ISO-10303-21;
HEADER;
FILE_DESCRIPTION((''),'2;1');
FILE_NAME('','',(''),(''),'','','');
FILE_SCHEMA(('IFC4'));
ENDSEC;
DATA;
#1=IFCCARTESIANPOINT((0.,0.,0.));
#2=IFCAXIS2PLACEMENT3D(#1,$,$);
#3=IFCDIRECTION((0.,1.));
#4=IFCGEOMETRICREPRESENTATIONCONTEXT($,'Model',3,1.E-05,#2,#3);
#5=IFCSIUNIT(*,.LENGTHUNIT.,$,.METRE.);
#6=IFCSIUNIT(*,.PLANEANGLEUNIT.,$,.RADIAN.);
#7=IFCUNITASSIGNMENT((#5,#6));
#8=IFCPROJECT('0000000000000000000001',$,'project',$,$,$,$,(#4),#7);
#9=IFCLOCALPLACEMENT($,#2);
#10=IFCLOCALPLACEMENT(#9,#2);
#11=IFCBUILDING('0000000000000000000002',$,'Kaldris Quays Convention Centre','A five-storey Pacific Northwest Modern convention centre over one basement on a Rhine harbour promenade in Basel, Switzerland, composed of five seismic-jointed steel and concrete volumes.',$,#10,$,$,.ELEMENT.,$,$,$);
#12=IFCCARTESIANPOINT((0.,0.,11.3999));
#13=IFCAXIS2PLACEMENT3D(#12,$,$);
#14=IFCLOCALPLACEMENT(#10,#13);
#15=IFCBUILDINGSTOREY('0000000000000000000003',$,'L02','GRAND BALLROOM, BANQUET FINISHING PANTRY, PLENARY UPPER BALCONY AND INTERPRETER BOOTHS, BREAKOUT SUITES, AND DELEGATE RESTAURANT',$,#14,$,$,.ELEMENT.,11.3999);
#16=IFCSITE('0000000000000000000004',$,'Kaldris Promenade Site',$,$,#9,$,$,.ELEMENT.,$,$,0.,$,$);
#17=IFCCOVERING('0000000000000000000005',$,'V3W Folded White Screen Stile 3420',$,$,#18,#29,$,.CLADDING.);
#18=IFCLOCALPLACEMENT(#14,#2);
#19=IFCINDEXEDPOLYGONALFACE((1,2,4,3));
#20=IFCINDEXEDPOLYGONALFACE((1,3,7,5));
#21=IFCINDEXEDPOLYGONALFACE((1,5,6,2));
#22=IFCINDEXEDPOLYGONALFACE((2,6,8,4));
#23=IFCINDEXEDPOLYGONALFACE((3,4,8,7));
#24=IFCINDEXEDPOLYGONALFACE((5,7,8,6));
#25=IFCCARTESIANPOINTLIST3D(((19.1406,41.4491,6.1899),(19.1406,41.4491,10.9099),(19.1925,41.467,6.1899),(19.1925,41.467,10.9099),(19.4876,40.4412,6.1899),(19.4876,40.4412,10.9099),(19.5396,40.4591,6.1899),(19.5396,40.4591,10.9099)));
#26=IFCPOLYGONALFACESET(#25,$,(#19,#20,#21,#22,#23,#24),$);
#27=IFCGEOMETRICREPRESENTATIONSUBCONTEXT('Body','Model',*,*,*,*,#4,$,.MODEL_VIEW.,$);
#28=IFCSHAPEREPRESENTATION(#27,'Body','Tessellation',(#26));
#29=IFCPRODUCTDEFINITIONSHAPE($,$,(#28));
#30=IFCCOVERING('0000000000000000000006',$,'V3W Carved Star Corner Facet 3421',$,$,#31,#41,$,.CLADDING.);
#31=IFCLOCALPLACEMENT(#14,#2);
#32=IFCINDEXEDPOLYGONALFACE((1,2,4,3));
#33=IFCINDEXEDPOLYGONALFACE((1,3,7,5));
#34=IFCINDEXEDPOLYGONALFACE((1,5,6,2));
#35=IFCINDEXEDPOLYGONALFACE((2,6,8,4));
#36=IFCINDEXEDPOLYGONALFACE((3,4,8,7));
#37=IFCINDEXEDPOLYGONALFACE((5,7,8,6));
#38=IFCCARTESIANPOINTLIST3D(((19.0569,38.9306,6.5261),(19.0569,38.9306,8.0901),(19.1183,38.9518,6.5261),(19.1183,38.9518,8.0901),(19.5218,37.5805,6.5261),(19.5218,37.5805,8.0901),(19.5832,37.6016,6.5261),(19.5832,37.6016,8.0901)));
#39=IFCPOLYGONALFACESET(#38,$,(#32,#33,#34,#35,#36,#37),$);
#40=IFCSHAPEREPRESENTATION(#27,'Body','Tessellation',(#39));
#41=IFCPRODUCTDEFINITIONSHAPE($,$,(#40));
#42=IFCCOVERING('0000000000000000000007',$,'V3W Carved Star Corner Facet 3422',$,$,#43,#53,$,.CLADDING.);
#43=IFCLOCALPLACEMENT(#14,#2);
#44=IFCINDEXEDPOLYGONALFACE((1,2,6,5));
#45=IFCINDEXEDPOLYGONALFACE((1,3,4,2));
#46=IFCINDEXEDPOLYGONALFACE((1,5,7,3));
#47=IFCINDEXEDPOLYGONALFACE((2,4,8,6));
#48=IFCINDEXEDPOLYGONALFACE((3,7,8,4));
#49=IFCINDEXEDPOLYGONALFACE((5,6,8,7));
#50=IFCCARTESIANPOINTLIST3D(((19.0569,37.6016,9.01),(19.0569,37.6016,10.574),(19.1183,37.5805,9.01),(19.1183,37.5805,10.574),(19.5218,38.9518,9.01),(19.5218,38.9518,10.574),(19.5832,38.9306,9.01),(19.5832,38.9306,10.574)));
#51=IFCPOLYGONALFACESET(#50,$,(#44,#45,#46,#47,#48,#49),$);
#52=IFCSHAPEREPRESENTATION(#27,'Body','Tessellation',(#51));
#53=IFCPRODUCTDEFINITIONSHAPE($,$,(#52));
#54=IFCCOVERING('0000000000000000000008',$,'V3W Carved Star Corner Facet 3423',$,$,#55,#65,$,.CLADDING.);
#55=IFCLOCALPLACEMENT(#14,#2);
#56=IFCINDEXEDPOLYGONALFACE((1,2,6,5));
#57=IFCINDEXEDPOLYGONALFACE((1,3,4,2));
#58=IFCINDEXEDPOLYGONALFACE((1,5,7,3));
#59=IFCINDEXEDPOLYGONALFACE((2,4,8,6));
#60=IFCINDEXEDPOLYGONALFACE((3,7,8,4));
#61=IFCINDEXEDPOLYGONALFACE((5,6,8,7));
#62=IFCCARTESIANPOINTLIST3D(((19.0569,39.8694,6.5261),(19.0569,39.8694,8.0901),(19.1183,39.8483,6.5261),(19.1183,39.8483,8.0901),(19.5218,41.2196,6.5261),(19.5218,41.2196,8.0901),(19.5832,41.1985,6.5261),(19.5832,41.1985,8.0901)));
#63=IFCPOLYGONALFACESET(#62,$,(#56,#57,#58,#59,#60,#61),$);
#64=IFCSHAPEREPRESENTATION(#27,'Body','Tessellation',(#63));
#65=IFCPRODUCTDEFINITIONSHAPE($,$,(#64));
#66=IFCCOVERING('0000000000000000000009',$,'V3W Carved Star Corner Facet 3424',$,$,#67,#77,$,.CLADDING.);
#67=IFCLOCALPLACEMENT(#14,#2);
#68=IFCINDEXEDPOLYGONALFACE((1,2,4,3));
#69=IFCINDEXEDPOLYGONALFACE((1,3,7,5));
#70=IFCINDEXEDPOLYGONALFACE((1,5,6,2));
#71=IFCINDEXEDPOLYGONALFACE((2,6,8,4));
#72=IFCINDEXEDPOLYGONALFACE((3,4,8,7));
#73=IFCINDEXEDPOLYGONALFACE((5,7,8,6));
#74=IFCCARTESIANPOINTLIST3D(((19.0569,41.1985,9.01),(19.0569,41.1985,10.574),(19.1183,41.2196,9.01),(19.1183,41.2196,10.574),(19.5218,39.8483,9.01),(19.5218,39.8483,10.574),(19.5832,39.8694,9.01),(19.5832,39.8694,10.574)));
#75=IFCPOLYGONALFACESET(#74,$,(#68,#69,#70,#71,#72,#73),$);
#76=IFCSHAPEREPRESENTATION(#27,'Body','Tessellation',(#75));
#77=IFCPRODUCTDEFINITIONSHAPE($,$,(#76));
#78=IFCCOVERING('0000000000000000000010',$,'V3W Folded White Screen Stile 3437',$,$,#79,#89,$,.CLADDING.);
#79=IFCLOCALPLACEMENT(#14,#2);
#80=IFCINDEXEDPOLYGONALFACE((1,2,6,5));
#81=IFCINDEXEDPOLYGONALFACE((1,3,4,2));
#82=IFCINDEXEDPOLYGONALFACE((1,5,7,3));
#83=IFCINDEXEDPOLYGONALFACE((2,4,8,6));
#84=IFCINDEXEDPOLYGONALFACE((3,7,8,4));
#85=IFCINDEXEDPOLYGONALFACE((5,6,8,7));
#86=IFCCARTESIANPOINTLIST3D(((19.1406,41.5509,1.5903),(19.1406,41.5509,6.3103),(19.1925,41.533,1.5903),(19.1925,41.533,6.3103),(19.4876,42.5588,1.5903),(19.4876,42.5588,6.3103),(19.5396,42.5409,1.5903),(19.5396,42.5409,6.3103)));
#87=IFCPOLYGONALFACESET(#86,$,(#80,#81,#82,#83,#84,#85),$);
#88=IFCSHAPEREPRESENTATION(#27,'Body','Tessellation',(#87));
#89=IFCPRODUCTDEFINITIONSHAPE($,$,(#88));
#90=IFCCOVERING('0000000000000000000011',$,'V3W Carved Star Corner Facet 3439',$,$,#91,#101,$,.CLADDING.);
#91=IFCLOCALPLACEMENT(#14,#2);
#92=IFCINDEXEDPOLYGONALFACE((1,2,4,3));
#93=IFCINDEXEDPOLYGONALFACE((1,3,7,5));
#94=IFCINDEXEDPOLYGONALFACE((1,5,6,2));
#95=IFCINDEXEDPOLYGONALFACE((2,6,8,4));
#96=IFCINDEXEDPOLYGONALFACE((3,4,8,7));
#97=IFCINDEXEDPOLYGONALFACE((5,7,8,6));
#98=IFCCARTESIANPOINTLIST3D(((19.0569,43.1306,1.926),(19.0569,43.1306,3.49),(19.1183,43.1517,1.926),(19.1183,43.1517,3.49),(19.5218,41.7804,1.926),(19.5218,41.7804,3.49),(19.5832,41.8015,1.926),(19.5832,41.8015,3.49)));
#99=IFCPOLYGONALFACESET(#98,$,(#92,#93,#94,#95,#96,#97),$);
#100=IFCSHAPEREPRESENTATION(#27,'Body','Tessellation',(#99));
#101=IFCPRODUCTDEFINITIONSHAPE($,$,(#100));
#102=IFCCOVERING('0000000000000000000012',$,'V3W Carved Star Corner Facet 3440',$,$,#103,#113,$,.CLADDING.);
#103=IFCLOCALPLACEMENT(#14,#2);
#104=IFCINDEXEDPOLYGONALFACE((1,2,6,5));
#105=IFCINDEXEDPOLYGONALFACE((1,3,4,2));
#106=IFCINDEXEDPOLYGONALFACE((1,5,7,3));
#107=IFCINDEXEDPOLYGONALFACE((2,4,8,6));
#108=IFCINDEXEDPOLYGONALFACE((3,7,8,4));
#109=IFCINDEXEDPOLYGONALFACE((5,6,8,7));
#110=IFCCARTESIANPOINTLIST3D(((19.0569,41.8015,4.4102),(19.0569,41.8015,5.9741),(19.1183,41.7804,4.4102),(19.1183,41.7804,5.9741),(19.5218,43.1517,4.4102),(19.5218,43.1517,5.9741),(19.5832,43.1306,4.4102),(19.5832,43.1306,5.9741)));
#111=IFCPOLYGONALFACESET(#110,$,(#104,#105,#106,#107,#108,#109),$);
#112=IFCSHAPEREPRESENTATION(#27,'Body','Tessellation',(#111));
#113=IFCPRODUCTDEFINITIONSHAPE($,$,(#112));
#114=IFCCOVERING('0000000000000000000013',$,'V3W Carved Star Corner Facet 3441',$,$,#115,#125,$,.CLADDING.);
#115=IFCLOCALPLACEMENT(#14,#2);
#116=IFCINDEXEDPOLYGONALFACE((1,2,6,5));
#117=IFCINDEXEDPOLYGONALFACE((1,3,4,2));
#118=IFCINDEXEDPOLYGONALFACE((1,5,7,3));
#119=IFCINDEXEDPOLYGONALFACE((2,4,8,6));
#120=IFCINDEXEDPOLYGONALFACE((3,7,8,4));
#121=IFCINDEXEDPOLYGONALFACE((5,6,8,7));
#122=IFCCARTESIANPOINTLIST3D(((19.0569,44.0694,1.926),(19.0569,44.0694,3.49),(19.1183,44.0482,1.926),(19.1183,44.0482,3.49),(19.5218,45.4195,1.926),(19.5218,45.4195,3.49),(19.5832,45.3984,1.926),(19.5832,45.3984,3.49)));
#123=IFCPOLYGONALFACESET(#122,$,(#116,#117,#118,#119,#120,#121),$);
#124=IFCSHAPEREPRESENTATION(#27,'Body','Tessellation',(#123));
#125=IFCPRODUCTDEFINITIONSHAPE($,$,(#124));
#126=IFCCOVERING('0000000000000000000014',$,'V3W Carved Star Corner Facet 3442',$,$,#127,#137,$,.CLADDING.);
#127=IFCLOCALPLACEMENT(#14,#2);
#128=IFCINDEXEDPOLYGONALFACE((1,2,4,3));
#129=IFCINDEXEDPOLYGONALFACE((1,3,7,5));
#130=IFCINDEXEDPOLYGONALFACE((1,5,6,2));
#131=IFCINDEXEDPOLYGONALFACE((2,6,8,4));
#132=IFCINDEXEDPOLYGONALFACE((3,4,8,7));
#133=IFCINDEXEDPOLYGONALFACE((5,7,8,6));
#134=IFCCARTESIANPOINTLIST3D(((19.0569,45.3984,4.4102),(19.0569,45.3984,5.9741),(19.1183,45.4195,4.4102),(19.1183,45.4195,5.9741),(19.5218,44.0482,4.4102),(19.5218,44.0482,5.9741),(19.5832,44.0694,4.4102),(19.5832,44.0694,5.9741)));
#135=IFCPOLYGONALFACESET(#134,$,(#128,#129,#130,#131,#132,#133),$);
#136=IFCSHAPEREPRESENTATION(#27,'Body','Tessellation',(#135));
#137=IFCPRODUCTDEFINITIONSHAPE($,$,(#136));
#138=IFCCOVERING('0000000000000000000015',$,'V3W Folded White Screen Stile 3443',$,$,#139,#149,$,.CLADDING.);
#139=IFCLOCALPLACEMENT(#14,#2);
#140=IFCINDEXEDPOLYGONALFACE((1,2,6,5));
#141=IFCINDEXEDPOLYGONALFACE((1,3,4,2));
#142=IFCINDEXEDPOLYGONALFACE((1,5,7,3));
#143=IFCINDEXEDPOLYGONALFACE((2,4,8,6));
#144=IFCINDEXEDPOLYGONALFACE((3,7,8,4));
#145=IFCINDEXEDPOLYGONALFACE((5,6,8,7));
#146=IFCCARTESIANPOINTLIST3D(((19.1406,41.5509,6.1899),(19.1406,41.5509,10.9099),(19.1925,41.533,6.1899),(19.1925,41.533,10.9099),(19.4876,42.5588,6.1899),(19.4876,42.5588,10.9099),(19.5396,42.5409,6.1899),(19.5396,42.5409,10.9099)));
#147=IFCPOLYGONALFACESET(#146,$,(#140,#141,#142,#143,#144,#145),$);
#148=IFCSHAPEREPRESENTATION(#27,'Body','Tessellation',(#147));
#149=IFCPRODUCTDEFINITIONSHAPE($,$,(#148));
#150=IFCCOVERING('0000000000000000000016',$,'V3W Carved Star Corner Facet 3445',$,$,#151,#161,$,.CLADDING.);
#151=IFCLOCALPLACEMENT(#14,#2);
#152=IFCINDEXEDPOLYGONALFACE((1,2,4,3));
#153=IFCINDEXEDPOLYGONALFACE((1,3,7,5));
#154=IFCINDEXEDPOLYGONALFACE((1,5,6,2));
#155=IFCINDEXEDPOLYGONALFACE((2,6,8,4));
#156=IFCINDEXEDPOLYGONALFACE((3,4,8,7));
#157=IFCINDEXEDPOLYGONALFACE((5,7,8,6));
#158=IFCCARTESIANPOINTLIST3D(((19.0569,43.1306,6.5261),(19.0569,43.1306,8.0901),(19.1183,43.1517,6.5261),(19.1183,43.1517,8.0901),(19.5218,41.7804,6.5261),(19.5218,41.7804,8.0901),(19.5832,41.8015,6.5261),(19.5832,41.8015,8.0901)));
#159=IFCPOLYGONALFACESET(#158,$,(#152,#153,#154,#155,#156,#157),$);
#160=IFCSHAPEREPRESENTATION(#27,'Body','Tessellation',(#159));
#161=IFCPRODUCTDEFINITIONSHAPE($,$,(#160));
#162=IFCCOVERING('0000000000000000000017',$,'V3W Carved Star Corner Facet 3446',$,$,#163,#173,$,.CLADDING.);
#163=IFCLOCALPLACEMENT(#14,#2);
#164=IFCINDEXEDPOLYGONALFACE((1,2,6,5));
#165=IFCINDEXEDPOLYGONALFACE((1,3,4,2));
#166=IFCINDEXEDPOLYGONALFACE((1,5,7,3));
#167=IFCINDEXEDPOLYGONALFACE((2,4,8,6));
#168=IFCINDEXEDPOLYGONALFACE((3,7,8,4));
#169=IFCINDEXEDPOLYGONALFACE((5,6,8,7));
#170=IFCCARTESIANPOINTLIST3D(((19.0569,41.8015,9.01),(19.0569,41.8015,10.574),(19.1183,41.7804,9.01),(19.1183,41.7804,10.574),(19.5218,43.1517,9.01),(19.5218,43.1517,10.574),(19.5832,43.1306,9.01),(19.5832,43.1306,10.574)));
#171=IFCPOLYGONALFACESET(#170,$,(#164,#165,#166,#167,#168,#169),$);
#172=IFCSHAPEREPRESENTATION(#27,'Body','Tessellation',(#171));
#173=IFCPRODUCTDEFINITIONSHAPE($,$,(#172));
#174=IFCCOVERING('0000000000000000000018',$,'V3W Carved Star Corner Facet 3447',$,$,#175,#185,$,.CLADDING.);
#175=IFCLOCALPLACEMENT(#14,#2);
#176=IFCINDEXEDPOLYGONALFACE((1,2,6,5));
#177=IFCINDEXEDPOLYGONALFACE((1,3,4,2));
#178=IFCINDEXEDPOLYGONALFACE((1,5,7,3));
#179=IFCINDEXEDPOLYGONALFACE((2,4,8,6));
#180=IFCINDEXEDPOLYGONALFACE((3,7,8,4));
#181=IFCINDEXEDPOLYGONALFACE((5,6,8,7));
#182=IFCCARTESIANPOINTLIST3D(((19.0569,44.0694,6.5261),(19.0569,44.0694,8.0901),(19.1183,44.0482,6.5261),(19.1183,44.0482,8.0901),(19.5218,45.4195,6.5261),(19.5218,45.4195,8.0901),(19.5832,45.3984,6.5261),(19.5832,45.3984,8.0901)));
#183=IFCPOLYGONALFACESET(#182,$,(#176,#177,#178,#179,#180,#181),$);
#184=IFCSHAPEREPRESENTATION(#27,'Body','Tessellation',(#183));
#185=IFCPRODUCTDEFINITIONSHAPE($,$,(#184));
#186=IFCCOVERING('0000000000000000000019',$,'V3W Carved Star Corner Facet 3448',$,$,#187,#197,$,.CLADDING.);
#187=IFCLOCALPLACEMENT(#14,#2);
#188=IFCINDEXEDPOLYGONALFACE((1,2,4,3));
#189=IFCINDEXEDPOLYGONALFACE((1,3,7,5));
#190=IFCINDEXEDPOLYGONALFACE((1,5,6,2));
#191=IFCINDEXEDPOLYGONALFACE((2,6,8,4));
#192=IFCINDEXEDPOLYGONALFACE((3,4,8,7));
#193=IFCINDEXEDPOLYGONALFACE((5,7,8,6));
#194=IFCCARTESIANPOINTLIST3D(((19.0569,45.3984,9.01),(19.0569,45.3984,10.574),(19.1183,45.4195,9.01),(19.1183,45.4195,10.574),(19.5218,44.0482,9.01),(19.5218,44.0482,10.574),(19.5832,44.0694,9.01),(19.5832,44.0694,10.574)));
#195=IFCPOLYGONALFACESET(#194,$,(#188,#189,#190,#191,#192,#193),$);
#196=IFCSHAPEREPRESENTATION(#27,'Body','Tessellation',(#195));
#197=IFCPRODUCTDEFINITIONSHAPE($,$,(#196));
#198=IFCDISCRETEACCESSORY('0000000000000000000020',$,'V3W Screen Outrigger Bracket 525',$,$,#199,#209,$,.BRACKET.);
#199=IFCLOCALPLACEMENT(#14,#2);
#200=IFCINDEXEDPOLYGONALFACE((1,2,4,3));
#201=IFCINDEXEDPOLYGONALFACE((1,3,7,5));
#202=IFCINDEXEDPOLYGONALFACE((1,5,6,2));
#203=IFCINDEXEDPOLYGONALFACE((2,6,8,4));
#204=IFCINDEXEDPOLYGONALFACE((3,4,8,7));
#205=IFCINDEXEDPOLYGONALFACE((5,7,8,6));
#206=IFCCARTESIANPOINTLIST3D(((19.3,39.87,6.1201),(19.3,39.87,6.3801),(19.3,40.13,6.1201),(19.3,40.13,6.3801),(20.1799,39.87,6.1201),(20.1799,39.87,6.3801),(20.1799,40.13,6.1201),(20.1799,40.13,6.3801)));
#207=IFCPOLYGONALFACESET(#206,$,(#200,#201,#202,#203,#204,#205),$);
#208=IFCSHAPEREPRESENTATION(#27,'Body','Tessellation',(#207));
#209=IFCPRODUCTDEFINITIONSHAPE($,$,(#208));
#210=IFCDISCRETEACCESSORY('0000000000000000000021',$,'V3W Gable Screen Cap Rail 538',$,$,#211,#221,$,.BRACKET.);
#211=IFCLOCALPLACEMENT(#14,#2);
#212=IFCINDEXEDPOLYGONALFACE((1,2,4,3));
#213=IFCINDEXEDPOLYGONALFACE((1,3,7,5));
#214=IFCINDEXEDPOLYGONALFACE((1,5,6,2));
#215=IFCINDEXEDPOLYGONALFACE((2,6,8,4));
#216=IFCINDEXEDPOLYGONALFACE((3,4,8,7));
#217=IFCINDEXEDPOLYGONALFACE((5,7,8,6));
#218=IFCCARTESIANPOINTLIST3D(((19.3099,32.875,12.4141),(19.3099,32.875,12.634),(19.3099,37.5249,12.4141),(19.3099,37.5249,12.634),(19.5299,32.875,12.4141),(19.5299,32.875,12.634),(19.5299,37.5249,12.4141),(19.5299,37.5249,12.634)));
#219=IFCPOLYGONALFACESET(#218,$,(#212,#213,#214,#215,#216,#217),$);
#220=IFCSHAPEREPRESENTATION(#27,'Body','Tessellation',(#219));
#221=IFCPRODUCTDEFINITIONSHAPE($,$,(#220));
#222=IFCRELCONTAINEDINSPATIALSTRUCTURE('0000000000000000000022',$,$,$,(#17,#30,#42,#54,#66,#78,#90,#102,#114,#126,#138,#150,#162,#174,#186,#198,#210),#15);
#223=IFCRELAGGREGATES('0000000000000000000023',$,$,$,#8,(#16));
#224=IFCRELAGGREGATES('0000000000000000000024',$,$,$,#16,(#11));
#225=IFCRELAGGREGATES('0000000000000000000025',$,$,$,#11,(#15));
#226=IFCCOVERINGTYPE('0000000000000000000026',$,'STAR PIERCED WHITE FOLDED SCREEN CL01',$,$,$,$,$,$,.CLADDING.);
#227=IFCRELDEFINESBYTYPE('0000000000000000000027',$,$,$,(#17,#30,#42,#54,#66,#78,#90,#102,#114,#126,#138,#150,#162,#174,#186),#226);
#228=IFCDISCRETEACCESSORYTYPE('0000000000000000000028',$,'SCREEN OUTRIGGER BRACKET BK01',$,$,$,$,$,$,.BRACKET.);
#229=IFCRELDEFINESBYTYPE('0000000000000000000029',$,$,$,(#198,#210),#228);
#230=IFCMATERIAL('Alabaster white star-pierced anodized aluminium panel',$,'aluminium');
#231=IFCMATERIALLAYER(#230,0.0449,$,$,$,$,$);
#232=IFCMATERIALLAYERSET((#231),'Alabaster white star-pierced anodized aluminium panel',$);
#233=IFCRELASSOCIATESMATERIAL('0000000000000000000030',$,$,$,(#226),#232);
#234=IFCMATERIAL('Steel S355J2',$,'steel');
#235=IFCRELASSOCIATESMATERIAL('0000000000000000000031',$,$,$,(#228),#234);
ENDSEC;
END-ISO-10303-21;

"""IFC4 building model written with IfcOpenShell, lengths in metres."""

from ifc_helpers import new_model, si_unit, direction, frame, origin, origin_2d, place, context, subcontext, project, spatial, rectangle, extrude, material, layer, layer_set, type_object, element, save


model = new_model("IFC4")

# Units and contexts
model_context = context("Model", 3, precision=1e-05, world=origin(), true_north=direction((0.0, 1.0)))
body_context = subcontext(model_context, "Body", "Model", "MODEL_VIEW")
ifc_project = project(units=[si_unit("LENGTHUNIT", "METRE"), si_unit("PLANEANGLEUNIT", "RADIAN")], contexts=[model_context])

# Site, building, storey
site_placement = place(None, origin())
site = spatial("IfcSite", under=ifc_project, at=site_placement, Name="Kaldris Promenade Site", CompositionType="ELEMENT", RefElevation=0.0)
building_placement = place(site_placement, origin())
building = spatial("IfcBuilding", under=site, at=building_placement, Name="Kaldris Quays Convention Centre", Description="A five-storey Pacific Northwest Modern convention centre over one basement on a Rhine harbour promenade in Basel, Switzerland, composed of five seismic-jointed steel and concrete volumes.", CompositionType="ELEMENT")
storey_placement = place(building_placement, frame((0.0, 0.0, 11.3999)))
storey = spatial("IfcBuildingStorey", under=building, at=storey_placement, Name="L02", Description="GRAND BALLROOM, BANQUET FINISHING PANTRY, PLENARY UPPER BALCONY AND INTERPRETER BOOTHS, BREAKOUT SUITES, AND DELEGATE RESTAURANT", CompositionType="ELEMENT", Elevation=11.3999)

# Coverings
ifc_material_1 = material(Name="Alabaster white star-pierced anodized aluminium panel", Category="aluminium")
ifc_layer = layer(ifc_material_1, 0.0449)
ifc_layer_set = layer_set([ifc_layer], Name="Alabaster white star-pierced anodized aluminium panel")
covering_type = type_object("IfcCoveringType", Name="STAR PIERCED WHITE FOLDED SCREEN CL01", PredefinedType="CLADDING", material=ifc_layer_set)
for number, where, z_axis, x_axis, name in (
    (1, (19.3401, 40.9541, 6.1899), (0.0, 0.0, 1.0), (-0.325568, 0.945519, 0.0), "V3W Folded White Screen Stile 3420"),
):
    element("IfcCovering", number, at=place(storey_placement, frame(where, z_axis=z_axis, x_axis=x_axis)), inside=storey, type_object=covering_type, Name=name, PredefinedType="CLADDING", context=body_context, shape_type="SweptSolid", body=[
        extrude(rectangle(XDim=1.0659, YDim=0.0549, at=origin_2d()), origin(), (0.0, 0.0, 1.0), 4.72),
    ])
for number, where, z_axis, x_axis, name in (
    (2, (19.3201, 38.2661, 6.5261), (0.0, 0.0, 1.0), (-0.325568, 0.945519, 0.0), "V3W Carved Star Corner Facet 3421"),
    (3, (19.3201, 38.2661, 9.01), (0.0, 0.0, 1.0), (0.325568, 0.945519, 0.0), "V3W Carved Star Corner Facet 3422"),
    (4, (19.3201, 40.5339, 6.5261), (0.0, 0.0, 1.0), (0.325568, 0.945519, 0.0), "V3W Carved Star Corner Facet 3423"),
    (5, (19.3201, 40.5339, 9.01), (0.0, 0.0, 1.0), (-0.325568, 0.945519, 0.0), "V3W Carved Star Corner Facet 3424"),
):
    element("IfcCovering", number, at=place(storey_placement, frame(where, z_axis=z_axis, x_axis=x_axis)), inside=storey, type_object=covering_type, Name=name, PredefinedType="CLADDING", context=body_context, shape_type="SweptSolid", body=[
        extrude(rectangle(XDim=1.428, YDim=0.0649, at=origin_2d()), origin(), (0.0, 0.0, 1.0), 1.564),
    ])
covering_1_placement = place(storey_placement, frame((19.3401, 42.0459, 1.5903), z_axis=(0.0, 0.0, 1.0), x_axis=(0.325568, 0.945519, 0.0)))
element("IfcCovering", 6, at=covering_1_placement, inside=storey, type_object=covering_type, Name="V3W Folded White Screen Stile 3437", PredefinedType="CLADDING", context=body_context, shape_type="SweptSolid", body=[
    extrude(rectangle(XDim=1.0659, YDim=0.0549, at=origin_2d()), origin(), (0.0, 0.0, 1.0), 4.72),
])
for number, where, z_axis, x_axis, name in (
    (7, (19.3201, 42.4661, 1.926), (0.0, 0.0, 1.0), (-0.325568, 0.945519, 0.0), "V3W Carved Star Corner Facet 3439"),
    (8, (19.3201, 42.4661, 4.4102), (0.0, 0.0, 1.0), (0.325568, 0.945519, 0.0), "V3W Carved Star Corner Facet 3440"),
    (9, (19.3201, 44.7339, 1.926), (0.0, 0.0, 1.0), (0.325568, 0.945519, 0.0), "V3W Carved Star Corner Facet 3441"),
    (10, (19.3201, 44.7339, 4.4102), (0.0, 0.0, 1.0), (-0.325568, 0.945519, 0.0), "V3W Carved Star Corner Facet 3442"),
):
    element("IfcCovering", number, at=place(storey_placement, frame(where, z_axis=z_axis, x_axis=x_axis)), inside=storey, type_object=covering_type, Name=name, PredefinedType="CLADDING", context=body_context, shape_type="SweptSolid", body=[
        extrude(rectangle(XDim=1.428, YDim=0.0649, at=origin_2d()), origin(), (0.0, 0.0, 1.0), 1.564),
    ])
covering_2_placement = place(storey_placement, frame((19.3401, 42.0459, 6.1899), z_axis=(0.0, 0.0, 1.0), x_axis=(0.325568, 0.945519, 0.0)))
element("IfcCovering", 11, at=covering_2_placement, inside=storey, type_object=covering_type, Name="V3W Folded White Screen Stile 3443", PredefinedType="CLADDING", context=body_context, shape_type="SweptSolid", body=[
    extrude(rectangle(XDim=1.0659, YDim=0.0549, at=origin_2d()), origin(), (0.0, 0.0, 1.0), 4.72),
])
for number, where, z_axis, x_axis, name in (
    (12, (19.3201, 42.4661, 6.5261), (0.0, 0.0, 1.0), (-0.325568, 0.945519, 0.0), "V3W Carved Star Corner Facet 3445"),
    (13, (19.3201, 42.4661, 9.01), (0.0, 0.0, 1.0), (0.325568, 0.945519, 0.0), "V3W Carved Star Corner Facet 3446"),
    (14, (19.3201, 44.7339, 6.5261), (0.0, 0.0, 1.0), (0.325568, 0.945519, 0.0), "V3W Carved Star Corner Facet 3447"),
    (15, (19.3201, 44.7339, 9.01), (0.0, 0.0, 1.0), (-0.325568, 0.945519, 0.0), "V3W Carved Star Corner Facet 3448"),
):
    element("IfcCovering", number, at=place(storey_placement, frame(where, z_axis=z_axis, x_axis=x_axis)), inside=storey, type_object=covering_type, Name=name, PredefinedType="CLADDING", context=body_context, shape_type="SweptSolid", body=[
        extrude(rectangle(XDim=1.428, YDim=0.0649, at=origin_2d()), origin(), (0.0, 0.0, 1.0), 1.564),
    ])

# Discrete accessories
ifc_material_2 = material(Name="Steel S355J2", Category="steel")
discrete_accessory_type = type_object("IfcDiscreteAccessoryType", Name="SCREEN OUTRIGGER BRACKET BK01", PredefinedType="BRACKET", material=ifc_material_2)
discrete_accessory_1_placement = place(storey_placement, frame((19.74, 40.0, 6.1201), z_axis=(0.0, 0.0, 1.0), x_axis=(0.0, 1.0, 0.0)))
element("IfcDiscreteAccessory", 16, at=discrete_accessory_1_placement, inside=storey, type_object=discrete_accessory_type, Name="V3W Screen Outrigger Bracket 525", PredefinedType="BRACKET", context=body_context, shape_type="SweptSolid", body=[
    extrude(rectangle(XDim=0.26, YDim=0.8799, at=origin_2d()), origin(), (0.0, 0.0, 1.0), 0.26),
])
discrete_accessory_2_placement = place(storey_placement, frame((19.4199, 35.2, 12.4141), z_axis=(0.0, 0.0, 1.0), x_axis=(0.0, 1.0, 0.0)))
element("IfcDiscreteAccessory", 17, at=discrete_accessory_2_placement, inside=storey, type_object=discrete_accessory_type, Name="V3W Gable Screen Cap Rail 538", PredefinedType="BRACKET", context=body_context, shape_type="SweptSolid", body=[
    extrude(rectangle(XDim=4.6499, YDim=0.22, at=origin_2d()), origin(), (0.0, 0.0, 1.0), 0.22),
])

save(model, "model.ifc")
